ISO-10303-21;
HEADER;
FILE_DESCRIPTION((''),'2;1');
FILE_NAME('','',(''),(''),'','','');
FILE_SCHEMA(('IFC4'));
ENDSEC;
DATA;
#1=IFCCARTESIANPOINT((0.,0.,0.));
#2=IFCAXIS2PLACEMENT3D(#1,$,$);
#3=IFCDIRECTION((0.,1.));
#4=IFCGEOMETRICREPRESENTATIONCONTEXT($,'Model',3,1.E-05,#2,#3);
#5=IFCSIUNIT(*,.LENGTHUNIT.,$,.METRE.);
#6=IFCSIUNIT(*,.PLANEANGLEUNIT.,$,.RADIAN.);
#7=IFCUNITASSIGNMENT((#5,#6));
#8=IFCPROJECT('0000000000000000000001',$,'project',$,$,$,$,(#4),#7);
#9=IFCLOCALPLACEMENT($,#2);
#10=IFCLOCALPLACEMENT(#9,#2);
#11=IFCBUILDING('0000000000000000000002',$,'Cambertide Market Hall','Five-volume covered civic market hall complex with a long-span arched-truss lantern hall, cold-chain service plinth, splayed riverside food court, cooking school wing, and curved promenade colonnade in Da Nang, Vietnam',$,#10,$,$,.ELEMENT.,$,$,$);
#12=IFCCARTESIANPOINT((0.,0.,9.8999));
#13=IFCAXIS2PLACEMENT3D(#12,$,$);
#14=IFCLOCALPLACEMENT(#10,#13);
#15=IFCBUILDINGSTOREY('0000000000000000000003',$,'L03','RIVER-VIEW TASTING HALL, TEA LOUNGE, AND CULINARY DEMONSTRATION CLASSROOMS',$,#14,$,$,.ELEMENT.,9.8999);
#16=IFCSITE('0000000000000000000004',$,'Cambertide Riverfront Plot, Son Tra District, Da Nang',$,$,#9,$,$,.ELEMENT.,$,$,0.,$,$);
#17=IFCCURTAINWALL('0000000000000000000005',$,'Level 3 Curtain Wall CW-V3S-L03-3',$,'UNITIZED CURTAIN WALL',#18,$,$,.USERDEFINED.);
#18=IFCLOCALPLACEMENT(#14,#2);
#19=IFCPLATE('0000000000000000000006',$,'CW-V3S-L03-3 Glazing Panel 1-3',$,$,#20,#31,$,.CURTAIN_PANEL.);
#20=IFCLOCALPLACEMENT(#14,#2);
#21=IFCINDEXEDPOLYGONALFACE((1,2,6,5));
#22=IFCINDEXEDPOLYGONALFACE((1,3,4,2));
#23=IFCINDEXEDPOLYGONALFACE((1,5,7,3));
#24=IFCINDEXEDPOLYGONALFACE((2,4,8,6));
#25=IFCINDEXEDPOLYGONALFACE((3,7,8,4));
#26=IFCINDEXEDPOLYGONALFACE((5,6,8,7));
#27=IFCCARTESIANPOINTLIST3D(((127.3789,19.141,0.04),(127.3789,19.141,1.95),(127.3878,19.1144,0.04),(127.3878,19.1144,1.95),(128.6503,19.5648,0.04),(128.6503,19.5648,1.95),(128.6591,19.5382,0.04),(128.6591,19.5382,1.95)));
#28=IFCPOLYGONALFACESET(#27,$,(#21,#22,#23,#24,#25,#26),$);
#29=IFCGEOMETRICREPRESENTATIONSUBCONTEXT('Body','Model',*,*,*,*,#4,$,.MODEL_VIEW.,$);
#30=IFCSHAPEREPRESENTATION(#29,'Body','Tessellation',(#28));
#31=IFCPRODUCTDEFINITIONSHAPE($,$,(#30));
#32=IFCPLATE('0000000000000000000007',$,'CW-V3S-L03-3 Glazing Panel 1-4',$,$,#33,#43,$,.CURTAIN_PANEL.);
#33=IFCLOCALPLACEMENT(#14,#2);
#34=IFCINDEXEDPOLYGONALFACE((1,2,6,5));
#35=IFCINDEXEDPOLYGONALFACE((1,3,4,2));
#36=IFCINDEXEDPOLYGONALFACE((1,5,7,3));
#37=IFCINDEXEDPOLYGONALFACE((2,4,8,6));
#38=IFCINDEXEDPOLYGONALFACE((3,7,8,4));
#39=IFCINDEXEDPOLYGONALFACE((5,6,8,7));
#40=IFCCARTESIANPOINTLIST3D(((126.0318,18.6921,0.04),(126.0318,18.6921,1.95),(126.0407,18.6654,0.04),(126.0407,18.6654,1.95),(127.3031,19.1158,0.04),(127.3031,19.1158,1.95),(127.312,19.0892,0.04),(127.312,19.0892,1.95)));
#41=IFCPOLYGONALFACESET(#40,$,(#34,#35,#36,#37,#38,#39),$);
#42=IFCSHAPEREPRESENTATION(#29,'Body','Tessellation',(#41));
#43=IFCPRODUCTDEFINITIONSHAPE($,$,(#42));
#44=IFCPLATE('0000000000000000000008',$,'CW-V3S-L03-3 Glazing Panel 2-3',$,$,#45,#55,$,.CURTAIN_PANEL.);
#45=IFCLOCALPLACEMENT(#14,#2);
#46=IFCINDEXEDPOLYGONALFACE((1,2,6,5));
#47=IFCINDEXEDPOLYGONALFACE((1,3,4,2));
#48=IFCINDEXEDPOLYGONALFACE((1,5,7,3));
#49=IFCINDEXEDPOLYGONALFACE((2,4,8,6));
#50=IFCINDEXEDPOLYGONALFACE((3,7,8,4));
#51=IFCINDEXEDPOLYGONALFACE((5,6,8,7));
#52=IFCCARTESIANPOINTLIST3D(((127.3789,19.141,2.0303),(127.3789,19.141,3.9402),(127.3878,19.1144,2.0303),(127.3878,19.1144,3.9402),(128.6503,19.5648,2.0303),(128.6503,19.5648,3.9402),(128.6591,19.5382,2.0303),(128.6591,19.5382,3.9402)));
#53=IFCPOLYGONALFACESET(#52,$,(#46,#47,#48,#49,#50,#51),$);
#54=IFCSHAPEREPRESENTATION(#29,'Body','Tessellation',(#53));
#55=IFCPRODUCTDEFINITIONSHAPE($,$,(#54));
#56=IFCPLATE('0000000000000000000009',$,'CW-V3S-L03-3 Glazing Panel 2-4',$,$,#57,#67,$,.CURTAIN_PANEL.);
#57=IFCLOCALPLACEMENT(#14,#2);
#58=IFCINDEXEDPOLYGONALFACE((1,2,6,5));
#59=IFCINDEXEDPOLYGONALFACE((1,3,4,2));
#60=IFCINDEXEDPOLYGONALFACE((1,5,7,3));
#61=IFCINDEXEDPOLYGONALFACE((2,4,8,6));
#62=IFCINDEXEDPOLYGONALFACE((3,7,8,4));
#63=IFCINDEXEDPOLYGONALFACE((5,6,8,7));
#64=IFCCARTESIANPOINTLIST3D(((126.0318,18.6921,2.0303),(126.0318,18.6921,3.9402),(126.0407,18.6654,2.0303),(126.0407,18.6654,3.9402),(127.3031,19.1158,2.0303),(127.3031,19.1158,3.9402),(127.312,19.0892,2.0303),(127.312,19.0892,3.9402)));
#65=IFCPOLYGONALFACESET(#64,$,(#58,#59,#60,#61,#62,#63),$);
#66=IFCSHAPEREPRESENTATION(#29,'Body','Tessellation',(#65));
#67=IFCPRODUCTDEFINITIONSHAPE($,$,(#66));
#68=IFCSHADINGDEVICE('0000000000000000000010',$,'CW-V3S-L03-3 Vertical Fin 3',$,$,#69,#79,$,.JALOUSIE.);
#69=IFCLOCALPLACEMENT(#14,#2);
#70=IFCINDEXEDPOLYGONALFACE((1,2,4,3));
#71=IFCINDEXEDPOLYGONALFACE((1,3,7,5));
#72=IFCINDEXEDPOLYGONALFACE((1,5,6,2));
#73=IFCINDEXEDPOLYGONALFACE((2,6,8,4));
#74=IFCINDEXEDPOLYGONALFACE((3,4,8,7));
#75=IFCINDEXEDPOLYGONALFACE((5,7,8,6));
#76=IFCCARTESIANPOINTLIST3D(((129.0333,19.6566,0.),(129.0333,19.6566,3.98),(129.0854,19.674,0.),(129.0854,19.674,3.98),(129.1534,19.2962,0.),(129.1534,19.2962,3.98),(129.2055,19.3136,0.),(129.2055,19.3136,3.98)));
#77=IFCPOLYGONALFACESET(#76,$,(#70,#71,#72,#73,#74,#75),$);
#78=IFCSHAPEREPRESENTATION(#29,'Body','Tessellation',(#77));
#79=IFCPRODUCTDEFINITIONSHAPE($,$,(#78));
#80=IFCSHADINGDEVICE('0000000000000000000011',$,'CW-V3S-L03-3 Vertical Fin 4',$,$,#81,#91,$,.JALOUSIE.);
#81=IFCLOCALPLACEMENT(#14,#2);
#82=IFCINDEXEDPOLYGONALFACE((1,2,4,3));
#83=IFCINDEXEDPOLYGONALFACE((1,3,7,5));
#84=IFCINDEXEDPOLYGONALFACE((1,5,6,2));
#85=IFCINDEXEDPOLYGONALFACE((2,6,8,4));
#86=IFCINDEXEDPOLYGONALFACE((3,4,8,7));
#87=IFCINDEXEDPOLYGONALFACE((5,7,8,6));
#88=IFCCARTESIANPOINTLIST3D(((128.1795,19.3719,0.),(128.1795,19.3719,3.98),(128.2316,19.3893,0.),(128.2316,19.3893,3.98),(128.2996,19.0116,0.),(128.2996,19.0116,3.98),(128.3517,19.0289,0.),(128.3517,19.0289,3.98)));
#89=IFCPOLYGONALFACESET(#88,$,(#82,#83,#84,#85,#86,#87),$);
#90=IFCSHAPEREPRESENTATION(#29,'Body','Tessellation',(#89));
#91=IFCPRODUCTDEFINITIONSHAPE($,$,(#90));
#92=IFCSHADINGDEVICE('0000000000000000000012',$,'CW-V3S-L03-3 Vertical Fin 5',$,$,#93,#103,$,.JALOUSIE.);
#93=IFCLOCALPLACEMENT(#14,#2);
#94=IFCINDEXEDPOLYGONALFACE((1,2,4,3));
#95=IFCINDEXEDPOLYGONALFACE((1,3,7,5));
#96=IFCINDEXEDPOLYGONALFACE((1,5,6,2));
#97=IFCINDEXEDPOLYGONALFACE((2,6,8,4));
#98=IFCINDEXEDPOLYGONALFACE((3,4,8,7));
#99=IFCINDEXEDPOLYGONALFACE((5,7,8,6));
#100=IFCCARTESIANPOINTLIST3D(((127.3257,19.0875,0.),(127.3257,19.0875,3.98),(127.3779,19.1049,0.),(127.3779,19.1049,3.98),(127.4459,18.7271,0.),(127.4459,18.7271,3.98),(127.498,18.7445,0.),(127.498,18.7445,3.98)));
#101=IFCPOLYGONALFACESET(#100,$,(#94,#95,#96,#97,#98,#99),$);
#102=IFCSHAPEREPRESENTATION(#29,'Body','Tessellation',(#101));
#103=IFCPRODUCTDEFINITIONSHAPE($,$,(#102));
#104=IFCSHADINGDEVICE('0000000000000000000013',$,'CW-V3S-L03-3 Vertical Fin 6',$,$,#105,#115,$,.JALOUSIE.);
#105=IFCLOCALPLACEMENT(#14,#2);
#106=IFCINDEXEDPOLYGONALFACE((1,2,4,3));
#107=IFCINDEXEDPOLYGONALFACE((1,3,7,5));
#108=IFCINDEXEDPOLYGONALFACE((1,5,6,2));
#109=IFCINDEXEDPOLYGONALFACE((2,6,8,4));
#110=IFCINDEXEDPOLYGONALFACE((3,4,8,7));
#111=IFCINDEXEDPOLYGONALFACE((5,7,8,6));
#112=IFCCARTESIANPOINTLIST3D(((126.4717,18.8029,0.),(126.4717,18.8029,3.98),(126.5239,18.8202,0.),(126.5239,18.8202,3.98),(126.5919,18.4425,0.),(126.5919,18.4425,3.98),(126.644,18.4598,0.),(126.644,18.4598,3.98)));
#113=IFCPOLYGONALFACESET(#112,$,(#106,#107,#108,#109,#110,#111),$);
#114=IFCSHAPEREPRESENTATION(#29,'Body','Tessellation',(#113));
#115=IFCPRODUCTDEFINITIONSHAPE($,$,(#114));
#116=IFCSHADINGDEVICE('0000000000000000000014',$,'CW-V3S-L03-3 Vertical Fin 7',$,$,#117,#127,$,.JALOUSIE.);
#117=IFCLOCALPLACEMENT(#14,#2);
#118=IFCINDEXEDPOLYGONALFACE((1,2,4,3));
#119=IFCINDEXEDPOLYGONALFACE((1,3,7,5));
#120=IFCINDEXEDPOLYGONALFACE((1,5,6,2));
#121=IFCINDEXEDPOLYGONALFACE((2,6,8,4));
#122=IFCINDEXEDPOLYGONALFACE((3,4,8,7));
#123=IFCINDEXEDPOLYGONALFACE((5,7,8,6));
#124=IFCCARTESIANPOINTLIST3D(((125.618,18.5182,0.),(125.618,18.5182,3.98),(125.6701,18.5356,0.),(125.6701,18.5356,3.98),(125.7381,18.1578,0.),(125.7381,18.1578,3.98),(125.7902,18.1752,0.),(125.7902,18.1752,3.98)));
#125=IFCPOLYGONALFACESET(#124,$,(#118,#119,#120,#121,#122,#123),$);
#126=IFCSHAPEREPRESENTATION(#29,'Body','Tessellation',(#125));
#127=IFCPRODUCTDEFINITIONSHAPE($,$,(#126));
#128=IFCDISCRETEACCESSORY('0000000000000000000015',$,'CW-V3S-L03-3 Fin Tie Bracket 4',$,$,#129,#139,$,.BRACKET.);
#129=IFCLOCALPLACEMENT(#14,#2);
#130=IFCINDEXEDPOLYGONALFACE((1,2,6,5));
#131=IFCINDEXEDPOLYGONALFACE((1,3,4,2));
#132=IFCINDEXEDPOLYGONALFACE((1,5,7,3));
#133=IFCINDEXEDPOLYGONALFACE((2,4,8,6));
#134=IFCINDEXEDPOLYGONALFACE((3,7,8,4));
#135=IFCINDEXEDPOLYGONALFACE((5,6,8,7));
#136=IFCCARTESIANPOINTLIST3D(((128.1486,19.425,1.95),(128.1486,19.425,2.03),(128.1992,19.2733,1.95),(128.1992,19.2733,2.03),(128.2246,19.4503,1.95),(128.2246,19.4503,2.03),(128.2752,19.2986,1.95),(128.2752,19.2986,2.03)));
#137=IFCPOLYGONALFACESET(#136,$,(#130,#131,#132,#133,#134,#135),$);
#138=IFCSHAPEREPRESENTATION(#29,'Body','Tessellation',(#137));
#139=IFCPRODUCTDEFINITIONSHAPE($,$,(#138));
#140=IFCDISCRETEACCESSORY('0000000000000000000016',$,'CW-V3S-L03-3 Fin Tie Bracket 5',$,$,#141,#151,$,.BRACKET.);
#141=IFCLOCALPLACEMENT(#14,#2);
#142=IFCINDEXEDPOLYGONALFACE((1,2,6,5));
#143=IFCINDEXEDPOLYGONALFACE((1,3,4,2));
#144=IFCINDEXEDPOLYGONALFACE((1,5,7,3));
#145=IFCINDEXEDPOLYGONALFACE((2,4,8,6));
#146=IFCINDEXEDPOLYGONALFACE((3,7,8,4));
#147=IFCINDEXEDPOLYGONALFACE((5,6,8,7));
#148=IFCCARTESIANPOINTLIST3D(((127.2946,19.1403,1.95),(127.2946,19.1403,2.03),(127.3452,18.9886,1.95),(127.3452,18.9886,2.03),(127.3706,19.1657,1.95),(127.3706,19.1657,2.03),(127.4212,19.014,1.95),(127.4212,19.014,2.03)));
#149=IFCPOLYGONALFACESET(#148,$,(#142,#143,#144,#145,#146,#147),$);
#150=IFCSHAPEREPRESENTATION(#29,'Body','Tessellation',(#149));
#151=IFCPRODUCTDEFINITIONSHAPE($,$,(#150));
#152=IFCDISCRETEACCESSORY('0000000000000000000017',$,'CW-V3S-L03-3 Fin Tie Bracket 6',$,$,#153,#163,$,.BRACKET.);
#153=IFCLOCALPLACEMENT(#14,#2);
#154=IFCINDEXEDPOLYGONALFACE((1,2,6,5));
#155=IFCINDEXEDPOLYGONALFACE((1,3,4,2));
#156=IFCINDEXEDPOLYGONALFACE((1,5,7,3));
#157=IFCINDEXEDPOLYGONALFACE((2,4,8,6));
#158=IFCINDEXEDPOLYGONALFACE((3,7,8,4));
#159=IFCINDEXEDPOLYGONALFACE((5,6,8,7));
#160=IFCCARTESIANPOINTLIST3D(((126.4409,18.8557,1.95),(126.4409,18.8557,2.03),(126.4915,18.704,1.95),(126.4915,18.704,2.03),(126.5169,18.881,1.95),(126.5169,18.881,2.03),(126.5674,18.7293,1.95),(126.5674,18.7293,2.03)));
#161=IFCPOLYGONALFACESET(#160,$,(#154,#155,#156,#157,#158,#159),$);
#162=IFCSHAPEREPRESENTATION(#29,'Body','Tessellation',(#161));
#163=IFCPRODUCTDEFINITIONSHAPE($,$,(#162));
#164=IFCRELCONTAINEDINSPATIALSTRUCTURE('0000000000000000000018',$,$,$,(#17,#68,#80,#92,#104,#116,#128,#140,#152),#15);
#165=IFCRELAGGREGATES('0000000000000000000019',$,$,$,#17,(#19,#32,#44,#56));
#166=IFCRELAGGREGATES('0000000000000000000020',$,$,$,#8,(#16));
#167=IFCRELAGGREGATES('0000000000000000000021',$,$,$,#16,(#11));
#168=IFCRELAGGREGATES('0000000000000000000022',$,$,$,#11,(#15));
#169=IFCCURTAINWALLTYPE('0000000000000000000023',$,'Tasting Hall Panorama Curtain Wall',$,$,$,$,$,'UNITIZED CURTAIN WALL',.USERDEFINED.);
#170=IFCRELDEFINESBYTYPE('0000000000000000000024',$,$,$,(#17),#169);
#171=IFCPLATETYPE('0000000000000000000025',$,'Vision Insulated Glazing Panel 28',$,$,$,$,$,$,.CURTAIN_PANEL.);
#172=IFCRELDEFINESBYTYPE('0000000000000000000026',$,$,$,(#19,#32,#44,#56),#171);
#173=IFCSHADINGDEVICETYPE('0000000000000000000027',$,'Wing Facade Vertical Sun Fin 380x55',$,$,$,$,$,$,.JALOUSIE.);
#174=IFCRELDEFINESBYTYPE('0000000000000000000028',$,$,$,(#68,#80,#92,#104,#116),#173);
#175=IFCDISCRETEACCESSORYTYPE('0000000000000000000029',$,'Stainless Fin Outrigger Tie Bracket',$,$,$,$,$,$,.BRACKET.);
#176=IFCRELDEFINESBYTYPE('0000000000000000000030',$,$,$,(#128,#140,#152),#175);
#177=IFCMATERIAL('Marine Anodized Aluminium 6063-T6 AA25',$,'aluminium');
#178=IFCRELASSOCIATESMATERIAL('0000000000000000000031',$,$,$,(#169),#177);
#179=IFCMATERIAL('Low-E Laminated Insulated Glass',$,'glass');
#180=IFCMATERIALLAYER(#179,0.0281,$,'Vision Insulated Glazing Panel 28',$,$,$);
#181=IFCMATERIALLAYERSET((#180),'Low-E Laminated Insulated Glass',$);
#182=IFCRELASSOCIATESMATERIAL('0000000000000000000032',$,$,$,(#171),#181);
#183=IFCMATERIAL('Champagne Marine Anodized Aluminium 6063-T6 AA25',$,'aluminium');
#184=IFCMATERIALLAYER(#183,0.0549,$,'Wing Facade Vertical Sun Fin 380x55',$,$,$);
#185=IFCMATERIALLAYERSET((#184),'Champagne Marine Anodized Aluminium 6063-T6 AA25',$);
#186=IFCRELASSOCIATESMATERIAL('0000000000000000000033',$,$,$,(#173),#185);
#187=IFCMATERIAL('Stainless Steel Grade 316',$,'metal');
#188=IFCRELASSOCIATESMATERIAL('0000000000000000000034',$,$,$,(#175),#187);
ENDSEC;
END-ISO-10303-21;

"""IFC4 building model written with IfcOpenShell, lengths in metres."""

from ifc_helpers import new_model, si_unit, direction, frame, origin, origin_2d, place, context, subcontext, project, spatial, rectangle, extrude, material, layer, layer_set, type_object, element, aggregate, save


model = new_model("IFC4")

# Units and contexts
model_context = context("Model", 3, precision=1e-05, world=origin(), true_north=direction((0.0, 1.0)))
body_context = subcontext(model_context, "Body", "Model", "MODEL_VIEW")
ifc_project = project(units=[si_unit("LENGTHUNIT", "METRE"), si_unit("PLANEANGLEUNIT", "RADIAN")], contexts=[model_context])

# Site, building, storey
site_placement = place(None, origin())
site = spatial("IfcSite", under=ifc_project, at=site_placement, Name="Cambertide Riverfront Plot, Son Tra District, Da Nang", CompositionType="ELEMENT", RefElevation=0.0)
building_placement = place(site_placement, origin())
building = spatial("IfcBuilding", under=site, at=building_placement, Name="Cambertide Market Hall", Description="Five-volume covered civic market hall complex with a long-span arched-truss lantern hall, cold-chain service plinth, splayed riverside food court, cooking school wing, and curved promenade colonnade in Da Nang, Vietnam", CompositionType="ELEMENT")
storey_placement = place(building_placement, frame((0.0, 0.0, 9.8999)))
storey = spatial("IfcBuildingStorey", under=building, at=storey_placement, Name="L03", Description="RIVER-VIEW TASTING HALL, TEA LOUNGE, AND CULINARY DEMONSTRATION CLASSROOMS", CompositionType="ELEMENT", Elevation=9.8999)

# Curtain wall
ifc_material_1 = material(Name="Marine Anodized Aluminium 6063-T6 AA25", Category="aluminium")
curtain_wall_type = type_object("IfcCurtainWallType", Name="Tasting Hall Panorama Curtain Wall", ElementType="UNITIZED CURTAIN WALL", PredefinedType="USERDEFINED", material=ifc_material_1)
curtain_wall_placement = place(storey_placement, origin())
curtain_wall = element("IfcCurtainWall", 1, at=curtain_wall_placement, inside=storey, type_object=curtain_wall_type, Name="Level 3 Curtain Wall CW-V3S-L03-3", ObjectType="UNITIZED CURTAIN WALL", PredefinedType="USERDEFINED")

# Plates
ifc_material_2 = material(Name="Low-E Laminated Insulated Glass", Category="glass")
ifc_layer_1 = layer(ifc_material_2, 0.0281, Name="Vision Insulated Glazing Panel 28")
ifc_layer_set_1 = layer_set([ifc_layer_1], Name="Low-E Laminated Insulated Glass")
plate_type = type_object("IfcPlateType", Name="Vision Insulated Glazing Panel 28", PredefinedType="CURTAIN_PANEL", material=ifc_layer_set_1)
plate_1_placement = place(storey_placement, frame((128.019, 19.3396, 0.04), z_axis=(0.0, 0.0, 1.0), x_axis=(-0.948683, -0.316228, 0.0)))
plate_1 = element("IfcPlate", 2, at=plate_1_placement, type_object=plate_type, Name="CW-V3S-L03-3 Glazing Panel 1-3", PredefinedType="CURTAIN_PANEL", context=body_context, shape_type="SweptSolid", body=[
    extrude(rectangle(XDim=1.3401, YDim=0.0281, at=origin_2d()), origin(), (0.0, 0.0, 1.0), 1.9099),
])
plate_2_placement = place(storey_placement, frame((126.6719, 18.8906, 0.04), z_axis=(0.0, 0.0, 1.0), x_axis=(-0.948683, -0.316228, 0.0)))
plate_2 = element("IfcPlate", 3, at=plate_2_placement, type_object=plate_type, Name="CW-V3S-L03-3 Glazing Panel 1-4", PredefinedType="CURTAIN_PANEL", context=body_context, shape_type="SweptSolid", body=[
    extrude(rectangle(XDim=1.3401, YDim=0.0281, at=origin_2d()), origin(), (0.0, 0.0, 1.0), 1.9099),
])
plate_3_placement = place(storey_placement, frame((128.019, 19.3396, 2.0303), z_axis=(0.0, 0.0, 1.0), x_axis=(-0.948683, -0.316228, 0.0)))
plate_3 = element("IfcPlate", 4, at=plate_3_placement, type_object=plate_type, Name="CW-V3S-L03-3 Glazing Panel 2-3", PredefinedType="CURTAIN_PANEL", context=body_context, shape_type="SweptSolid", body=[
    extrude(rectangle(XDim=1.3401, YDim=0.0281, at=origin_2d()), origin(), (0.0, 0.0, 1.0), 1.9099),
])
plate_4_placement = place(storey_placement, frame((126.6719, 18.8906, 2.0303), z_axis=(0.0, 0.0, 1.0), x_axis=(-0.948683, -0.316228, 0.0)))
plate_4 = element("IfcPlate", 5, at=plate_4_placement, type_object=plate_type, Name="CW-V3S-L03-3 Glazing Panel 2-4", PredefinedType="CURTAIN_PANEL", context=body_context, shape_type="SweptSolid", body=[
    extrude(rectangle(XDim=1.3401, YDim=0.0281, at=origin_2d()), origin(), (0.0, 0.0, 1.0), 1.9099),
])
aggregate(curtain_wall, [plate_1, plate_2, plate_3, plate_4])

# Shading devices
ifc_material_3 = material(Name="Champagne Marine Anodized Aluminium 6063-T6 AA25", Category="aluminium")
ifc_layer_2 = layer(ifc_material_3, 0.0549, Name="Wing Facade Vertical Sun Fin 380x55")
ifc_layer_set_2 = layer_set([ifc_layer_2], Name="Champagne Marine Anodized Aluminium 6063-T6 AA25")
shading_device_type = type_object("IfcShadingDeviceType", Name="Wing Facade Vertical Sun Fin 380x55", PredefinedType="JALOUSIE", material=ifc_layer_set_2)
for number, where, z_axis, x_axis, name in (
    (6, (129.1194, 19.4851, 0.0), (0.0, 0.0, 1.0), (-0.948683, -0.316228, 0.0), "CW-V3S-L03-3 Vertical Fin 3"),
    (7, (128.2656, 19.2004, 0.0), (0.0, 0.0, 1.0), (-0.948683, -0.316228, 0.0), "CW-V3S-L03-3 Vertical Fin 4"),
    (8, (127.4119, 18.916, 0.0), (0.0, 0.0, 1.0), (-0.948683, -0.316228, 0.0), "CW-V3S-L03-3 Vertical Fin 5"),
    (9, (126.5579, 18.6313, 0.0), (0.0, 0.0, 1.0), (-0.948683, -0.316228, 0.0), "CW-V3S-L03-3 Vertical Fin 6"),
    (10, (125.7041, 18.3467, 0.0), (0.0, 0.0, 1.0), (-0.948683, -0.316228, 0.0), "CW-V3S-L03-3 Vertical Fin 7"),
):
    element("IfcShadingDevice", number, at=place(storey_placement, frame(where, z_axis=z_axis, x_axis=x_axis)), inside=storey, type_object=shading_device_type, Name=name, PredefinedType="JALOUSIE", context=body_context, shape_type="SweptSolid", body=[
        extrude(rectangle(XDim=0.0549, YDim=0.3799, at=origin_2d()), origin(), (0.0, 0.0, 1.0), 3.98),
    ])

# Discrete accessories
ifc_material_4 = material(Name="Stainless Steel Grade 316", Category="metal")
discrete_accessory_type = type_object("IfcDiscreteAccessoryType", Name="Stainless Fin Outrigger Tie Bracket", PredefinedType="BRACKET", material=ifc_material_4)
for number, where, z_axis, x_axis, name in (
    (11, (128.2119, 19.3618, 1.95), (0.0, 0.0, 1.0), (-0.948683, -0.316228, 0.0), "CW-V3S-L03-3 Fin Tie Bracket 4"),
    (12, (127.3579, 19.0771, 1.95), (0.0, 0.0, 1.0), (-0.948683, -0.316228, 0.0), "CW-V3S-L03-3 Fin Tie Bracket 5"),
    (13, (126.5042, 18.7925, 1.95), (0.0, 0.0, 1.0), (-0.948683, -0.316228, 0.0), "CW-V3S-L03-3 Fin Tie Bracket 6"),
):
    element("IfcDiscreteAccessory", number, at=place(storey_placement, frame(where, z_axis=z_axis, x_axis=x_axis)), inside=storey, type_object=discrete_accessory_type, Name=name, PredefinedType="BRACKET", context=body_context, shape_type="SweptSolid", body=[
        extrude(rectangle(XDim=0.0801, YDim=0.1599, at=origin_2d()), origin(), (0.0, 0.0, 1.0), 0.0801),
    ])

save(model, "model.ifc")
